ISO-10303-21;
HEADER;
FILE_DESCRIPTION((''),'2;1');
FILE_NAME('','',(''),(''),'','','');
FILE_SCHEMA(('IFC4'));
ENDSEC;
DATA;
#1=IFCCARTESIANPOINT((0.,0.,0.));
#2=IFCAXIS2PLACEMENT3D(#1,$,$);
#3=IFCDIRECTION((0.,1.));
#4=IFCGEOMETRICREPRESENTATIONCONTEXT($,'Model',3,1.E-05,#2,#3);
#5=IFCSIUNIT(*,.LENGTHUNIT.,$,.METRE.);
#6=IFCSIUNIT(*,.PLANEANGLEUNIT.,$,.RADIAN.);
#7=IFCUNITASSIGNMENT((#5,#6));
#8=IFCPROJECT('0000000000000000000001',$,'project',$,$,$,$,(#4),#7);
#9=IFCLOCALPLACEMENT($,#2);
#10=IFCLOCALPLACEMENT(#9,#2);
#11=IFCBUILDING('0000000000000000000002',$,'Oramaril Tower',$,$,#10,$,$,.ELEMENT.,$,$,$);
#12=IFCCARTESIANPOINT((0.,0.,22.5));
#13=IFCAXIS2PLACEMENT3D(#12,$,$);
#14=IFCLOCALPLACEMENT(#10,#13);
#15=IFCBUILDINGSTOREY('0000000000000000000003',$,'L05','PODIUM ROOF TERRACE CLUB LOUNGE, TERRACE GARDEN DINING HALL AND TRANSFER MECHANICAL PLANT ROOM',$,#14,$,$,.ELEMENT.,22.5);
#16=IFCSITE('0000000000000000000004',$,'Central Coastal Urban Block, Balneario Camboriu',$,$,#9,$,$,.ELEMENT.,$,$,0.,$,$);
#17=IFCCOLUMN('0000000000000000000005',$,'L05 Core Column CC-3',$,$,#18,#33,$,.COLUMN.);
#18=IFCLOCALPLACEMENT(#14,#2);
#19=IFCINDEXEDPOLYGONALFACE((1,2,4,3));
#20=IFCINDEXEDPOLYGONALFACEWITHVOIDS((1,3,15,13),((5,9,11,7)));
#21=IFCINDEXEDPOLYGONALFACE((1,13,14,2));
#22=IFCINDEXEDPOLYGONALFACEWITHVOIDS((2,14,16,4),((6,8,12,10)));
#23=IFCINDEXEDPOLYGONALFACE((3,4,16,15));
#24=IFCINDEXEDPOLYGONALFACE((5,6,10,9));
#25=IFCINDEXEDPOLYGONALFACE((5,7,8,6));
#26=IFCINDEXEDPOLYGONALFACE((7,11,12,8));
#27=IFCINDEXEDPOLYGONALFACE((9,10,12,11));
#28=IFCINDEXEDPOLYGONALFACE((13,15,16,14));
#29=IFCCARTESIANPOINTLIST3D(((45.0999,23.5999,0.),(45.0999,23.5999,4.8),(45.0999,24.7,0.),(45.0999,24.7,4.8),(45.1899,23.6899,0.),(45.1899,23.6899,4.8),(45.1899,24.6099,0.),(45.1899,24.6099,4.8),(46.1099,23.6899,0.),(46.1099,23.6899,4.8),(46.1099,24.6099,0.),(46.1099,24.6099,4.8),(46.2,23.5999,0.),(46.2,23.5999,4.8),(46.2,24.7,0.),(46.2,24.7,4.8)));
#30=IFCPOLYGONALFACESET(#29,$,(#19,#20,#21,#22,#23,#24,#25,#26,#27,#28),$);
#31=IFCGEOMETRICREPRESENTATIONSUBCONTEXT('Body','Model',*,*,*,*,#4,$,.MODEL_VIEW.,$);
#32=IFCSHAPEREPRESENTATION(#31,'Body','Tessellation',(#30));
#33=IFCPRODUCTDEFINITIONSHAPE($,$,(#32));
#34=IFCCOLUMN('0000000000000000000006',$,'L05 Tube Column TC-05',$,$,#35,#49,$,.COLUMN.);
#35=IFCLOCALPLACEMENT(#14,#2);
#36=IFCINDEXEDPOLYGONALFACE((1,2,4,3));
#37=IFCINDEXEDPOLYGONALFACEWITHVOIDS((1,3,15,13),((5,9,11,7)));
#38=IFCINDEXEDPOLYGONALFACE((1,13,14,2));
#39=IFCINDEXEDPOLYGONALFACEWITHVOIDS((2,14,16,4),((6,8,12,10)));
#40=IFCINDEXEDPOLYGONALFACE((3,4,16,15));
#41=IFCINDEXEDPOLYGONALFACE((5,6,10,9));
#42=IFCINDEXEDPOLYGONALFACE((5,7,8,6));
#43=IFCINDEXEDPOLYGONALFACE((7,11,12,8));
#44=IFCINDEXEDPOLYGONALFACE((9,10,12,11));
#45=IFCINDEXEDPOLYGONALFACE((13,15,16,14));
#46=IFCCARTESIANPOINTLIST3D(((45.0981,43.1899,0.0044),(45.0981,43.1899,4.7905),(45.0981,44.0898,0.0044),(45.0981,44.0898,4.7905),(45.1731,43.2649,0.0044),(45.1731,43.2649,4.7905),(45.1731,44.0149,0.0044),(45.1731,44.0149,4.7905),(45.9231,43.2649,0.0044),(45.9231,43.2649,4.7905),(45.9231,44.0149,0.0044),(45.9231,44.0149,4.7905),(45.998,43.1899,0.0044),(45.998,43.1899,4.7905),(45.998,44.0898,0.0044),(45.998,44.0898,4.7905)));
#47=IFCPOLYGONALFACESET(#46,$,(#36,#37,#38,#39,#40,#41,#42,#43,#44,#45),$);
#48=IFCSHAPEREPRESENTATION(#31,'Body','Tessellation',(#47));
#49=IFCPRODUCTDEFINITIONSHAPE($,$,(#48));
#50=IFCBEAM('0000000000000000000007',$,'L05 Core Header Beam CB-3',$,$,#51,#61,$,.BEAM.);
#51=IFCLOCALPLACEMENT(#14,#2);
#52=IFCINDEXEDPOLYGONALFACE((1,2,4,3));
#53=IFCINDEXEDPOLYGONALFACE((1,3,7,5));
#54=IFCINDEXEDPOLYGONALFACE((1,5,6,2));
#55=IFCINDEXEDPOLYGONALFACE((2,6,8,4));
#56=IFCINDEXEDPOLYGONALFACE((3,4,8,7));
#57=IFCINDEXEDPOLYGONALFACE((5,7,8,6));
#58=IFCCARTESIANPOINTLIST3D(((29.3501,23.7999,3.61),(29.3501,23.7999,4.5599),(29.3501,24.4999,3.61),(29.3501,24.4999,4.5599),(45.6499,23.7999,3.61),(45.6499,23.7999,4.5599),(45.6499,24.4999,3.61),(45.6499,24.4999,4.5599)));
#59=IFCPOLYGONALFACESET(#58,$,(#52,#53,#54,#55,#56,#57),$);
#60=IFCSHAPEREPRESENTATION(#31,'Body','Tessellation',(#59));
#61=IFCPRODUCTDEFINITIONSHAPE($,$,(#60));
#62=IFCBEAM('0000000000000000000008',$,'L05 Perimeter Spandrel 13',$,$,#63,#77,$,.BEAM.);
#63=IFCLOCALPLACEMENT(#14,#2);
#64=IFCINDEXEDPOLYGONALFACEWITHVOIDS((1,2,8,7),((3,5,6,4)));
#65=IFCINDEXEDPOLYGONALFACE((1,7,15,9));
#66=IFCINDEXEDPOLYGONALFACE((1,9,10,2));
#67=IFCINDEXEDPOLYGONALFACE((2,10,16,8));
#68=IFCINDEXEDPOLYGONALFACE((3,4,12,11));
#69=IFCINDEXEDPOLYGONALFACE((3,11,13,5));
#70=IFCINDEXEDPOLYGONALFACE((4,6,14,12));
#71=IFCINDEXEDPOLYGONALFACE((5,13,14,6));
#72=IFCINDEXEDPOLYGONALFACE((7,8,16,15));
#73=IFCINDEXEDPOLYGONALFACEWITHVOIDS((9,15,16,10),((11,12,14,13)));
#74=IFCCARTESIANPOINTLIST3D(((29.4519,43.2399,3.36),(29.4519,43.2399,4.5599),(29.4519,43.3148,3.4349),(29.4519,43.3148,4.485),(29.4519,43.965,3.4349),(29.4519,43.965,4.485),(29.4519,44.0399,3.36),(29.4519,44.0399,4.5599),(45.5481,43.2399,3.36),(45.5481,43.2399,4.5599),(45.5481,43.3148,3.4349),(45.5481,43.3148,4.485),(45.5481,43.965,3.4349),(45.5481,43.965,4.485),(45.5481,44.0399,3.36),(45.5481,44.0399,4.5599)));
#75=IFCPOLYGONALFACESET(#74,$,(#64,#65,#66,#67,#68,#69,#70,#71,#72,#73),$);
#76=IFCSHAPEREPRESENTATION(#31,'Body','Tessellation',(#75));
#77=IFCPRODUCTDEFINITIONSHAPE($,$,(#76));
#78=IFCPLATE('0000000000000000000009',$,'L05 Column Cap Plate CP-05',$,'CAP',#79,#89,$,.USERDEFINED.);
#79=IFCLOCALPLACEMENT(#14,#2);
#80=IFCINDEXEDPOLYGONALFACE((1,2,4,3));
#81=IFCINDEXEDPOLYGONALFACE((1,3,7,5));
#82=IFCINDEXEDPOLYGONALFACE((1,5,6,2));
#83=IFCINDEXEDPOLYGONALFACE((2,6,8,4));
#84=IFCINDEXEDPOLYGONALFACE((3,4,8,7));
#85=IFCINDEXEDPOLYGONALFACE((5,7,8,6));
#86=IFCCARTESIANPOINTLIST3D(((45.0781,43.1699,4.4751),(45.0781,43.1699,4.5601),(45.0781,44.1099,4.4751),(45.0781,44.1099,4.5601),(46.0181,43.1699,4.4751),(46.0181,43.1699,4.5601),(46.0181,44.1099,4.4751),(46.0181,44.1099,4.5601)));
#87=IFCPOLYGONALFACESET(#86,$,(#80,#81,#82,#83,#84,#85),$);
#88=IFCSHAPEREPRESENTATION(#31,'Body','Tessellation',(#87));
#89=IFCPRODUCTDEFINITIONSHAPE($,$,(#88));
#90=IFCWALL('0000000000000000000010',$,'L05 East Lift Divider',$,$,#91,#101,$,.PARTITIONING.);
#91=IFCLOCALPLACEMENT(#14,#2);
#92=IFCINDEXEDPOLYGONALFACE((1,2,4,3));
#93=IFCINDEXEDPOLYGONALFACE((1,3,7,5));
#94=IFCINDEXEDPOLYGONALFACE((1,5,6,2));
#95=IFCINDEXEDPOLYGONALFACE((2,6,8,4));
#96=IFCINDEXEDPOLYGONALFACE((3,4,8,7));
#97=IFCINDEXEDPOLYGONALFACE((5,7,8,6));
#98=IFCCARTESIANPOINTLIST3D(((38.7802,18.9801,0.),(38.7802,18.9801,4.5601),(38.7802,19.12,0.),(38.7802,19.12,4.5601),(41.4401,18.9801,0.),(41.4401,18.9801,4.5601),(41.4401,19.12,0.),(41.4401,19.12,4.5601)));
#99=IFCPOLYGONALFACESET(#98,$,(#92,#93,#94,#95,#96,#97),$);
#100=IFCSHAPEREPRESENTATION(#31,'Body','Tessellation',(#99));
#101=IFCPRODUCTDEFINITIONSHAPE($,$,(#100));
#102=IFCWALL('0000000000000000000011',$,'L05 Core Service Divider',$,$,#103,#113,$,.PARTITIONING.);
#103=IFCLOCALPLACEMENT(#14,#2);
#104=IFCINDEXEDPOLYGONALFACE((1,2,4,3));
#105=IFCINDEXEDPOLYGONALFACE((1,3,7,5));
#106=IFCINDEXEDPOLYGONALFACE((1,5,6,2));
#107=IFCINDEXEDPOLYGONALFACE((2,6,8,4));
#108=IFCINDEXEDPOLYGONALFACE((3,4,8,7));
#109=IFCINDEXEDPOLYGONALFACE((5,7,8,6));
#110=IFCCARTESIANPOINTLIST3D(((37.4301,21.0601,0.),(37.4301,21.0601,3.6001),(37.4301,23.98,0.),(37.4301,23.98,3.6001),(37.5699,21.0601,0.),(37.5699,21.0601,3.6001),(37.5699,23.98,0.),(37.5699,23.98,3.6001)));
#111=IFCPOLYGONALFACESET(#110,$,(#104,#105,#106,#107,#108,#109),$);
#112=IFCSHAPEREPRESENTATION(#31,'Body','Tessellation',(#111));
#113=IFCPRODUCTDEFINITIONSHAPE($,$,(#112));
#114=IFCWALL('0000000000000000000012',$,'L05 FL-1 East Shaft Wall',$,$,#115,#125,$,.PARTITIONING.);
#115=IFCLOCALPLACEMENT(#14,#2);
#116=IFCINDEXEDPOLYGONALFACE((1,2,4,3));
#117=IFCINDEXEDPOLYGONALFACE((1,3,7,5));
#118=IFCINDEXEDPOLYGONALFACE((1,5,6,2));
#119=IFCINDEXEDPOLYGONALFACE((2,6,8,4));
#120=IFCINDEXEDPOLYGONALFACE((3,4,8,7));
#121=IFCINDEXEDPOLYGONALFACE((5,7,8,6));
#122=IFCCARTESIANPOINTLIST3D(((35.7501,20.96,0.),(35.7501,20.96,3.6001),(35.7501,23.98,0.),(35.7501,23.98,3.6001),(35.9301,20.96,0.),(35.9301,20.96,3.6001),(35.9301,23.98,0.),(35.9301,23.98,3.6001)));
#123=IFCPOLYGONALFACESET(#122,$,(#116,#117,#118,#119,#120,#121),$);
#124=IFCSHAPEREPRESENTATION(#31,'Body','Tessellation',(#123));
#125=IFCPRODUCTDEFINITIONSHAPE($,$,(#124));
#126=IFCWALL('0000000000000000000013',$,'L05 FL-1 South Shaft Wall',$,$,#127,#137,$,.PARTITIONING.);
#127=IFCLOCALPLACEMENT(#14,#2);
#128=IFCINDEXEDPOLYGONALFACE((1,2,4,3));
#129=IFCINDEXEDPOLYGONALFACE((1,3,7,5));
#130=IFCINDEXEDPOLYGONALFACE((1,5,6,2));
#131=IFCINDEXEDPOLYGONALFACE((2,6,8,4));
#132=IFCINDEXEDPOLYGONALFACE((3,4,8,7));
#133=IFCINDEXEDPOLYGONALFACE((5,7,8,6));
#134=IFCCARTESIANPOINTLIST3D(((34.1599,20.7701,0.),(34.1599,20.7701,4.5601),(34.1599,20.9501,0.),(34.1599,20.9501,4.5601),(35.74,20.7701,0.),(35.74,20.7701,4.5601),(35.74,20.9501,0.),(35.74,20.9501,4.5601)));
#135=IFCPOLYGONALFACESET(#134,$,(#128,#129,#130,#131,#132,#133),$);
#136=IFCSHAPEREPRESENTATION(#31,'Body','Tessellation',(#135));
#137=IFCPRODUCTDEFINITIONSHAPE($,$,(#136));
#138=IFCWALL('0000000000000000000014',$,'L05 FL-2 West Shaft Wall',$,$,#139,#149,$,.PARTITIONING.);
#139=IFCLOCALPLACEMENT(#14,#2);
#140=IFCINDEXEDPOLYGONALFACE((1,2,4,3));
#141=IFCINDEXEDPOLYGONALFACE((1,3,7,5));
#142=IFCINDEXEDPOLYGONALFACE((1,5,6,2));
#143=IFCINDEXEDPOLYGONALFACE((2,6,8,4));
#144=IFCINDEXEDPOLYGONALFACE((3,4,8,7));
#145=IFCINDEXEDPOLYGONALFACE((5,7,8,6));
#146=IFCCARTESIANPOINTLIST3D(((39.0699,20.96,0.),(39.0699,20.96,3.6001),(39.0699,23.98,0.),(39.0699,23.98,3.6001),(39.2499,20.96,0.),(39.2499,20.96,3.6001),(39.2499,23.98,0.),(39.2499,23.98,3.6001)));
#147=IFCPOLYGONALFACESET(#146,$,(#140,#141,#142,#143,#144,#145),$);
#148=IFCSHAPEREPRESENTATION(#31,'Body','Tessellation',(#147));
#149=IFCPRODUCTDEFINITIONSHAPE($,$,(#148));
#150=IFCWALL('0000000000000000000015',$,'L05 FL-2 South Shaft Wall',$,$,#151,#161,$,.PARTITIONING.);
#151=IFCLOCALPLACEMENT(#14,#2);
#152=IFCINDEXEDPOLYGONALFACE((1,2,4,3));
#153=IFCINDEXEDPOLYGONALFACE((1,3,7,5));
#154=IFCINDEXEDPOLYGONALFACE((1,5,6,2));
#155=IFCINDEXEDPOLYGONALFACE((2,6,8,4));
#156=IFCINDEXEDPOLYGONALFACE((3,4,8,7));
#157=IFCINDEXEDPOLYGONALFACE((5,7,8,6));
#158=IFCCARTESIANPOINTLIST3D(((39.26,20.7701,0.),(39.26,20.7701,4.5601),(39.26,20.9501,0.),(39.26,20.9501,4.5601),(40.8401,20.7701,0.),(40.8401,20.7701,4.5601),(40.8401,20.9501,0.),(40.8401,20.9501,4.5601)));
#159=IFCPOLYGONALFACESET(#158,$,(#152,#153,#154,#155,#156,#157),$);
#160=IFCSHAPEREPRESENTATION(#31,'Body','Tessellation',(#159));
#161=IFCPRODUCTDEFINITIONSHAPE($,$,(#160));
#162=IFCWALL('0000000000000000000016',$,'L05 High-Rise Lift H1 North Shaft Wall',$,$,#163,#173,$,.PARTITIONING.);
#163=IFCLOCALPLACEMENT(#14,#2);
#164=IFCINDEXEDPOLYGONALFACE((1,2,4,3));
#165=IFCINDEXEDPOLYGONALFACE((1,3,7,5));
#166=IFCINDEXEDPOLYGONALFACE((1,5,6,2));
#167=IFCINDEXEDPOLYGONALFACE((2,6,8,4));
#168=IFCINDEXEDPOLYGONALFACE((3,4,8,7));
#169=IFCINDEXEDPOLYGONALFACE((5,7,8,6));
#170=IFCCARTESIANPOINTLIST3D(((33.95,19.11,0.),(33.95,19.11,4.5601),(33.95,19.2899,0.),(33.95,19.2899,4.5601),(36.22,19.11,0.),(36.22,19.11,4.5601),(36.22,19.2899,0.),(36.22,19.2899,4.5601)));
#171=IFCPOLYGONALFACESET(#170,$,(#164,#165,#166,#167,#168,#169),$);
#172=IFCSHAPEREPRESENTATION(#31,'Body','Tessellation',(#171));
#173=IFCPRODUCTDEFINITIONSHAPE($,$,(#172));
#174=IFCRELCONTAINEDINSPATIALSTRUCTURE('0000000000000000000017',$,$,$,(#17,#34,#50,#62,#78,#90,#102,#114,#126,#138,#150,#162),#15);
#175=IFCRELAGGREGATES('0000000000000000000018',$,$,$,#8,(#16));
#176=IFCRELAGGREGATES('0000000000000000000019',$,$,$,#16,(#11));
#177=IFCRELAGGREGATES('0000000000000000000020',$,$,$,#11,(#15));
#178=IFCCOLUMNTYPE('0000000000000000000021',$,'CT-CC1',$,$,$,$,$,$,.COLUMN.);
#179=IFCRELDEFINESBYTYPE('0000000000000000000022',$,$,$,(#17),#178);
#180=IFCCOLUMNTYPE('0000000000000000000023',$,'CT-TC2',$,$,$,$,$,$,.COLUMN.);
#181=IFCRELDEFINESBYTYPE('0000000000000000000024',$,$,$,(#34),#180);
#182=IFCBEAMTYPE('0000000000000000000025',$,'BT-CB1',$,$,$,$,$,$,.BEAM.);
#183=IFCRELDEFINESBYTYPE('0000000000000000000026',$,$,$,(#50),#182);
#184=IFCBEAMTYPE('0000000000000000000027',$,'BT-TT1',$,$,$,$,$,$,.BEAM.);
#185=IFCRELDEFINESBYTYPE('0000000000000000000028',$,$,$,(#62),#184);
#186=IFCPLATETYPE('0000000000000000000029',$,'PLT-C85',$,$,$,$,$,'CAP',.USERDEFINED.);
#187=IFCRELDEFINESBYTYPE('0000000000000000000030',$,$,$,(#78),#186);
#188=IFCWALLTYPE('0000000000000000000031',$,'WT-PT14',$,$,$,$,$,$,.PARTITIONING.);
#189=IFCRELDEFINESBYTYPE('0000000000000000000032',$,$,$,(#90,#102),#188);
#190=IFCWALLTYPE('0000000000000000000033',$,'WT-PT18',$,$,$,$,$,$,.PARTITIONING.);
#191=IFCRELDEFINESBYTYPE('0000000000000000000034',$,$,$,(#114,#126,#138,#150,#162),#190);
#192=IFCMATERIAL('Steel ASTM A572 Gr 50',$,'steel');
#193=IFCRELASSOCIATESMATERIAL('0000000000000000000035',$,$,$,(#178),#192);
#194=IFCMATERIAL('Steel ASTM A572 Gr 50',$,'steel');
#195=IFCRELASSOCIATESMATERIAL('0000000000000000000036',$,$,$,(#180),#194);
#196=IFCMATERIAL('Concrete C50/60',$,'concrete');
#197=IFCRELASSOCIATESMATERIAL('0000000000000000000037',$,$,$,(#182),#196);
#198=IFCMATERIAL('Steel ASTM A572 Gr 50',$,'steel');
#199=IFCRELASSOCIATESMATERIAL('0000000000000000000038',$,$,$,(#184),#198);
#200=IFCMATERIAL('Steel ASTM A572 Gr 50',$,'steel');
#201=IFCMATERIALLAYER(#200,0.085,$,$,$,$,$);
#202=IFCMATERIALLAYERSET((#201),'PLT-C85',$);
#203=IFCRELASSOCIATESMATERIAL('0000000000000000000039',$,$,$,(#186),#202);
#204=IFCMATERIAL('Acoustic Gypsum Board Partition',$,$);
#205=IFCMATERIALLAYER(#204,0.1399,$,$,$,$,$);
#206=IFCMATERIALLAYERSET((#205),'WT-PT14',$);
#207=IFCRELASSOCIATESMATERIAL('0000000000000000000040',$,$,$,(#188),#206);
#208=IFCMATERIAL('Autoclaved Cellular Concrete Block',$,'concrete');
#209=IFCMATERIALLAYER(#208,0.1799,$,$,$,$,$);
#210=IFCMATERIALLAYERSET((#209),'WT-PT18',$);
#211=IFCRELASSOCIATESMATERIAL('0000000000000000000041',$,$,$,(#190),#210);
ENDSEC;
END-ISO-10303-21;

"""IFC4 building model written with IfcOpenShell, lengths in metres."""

from ifc_helpers import new_model, si_unit, direction, frame, frame_2d, origin, origin_2d, place, context, subcontext, project, spatial, rectangle, hollow_rectangle, extrude, material, layer, layer_set, material_profile, profile_set, type_object, element, save


model = new_model("IFC4")

# Units and contexts
model_context = context("Model", 3, precision=1e-05, world=origin(), true_north=direction((0.0, 1.0)))
body_context = subcontext(model_context, "Body", "Model", "MODEL_VIEW")
ifc_project = project(units=[si_unit("LENGTHUNIT", "METRE"), si_unit("PLANEANGLEUNIT", "RADIAN")], contexts=[model_context])

# Site, building, storey
site_placement = place(None, origin())
site = spatial("IfcSite", under=ifc_project, at=site_placement, Name="Central Coastal Urban Block, Balneario Camboriu", CompositionType="ELEMENT", RefElevation=0.0)
building_placement = place(site_placement, origin())
building = spatial("IfcBuilding", under=site, at=building_placement, Name="Oramaril Tower", CompositionType="ELEMENT")
storey_placement = place(building_placement, frame((0.0, 0.0, 22.5)))
storey = spatial("IfcBuildingStorey", under=building, at=storey_placement, Name="L05", Description="PODIUM ROOF TERRACE CLUB LOUNGE, TERRACE GARDEN DINING HALL AND TRANSFER MECHANICAL PLANT ROOM", CompositionType="ELEMENT", Elevation=22.5)

# Columns
ifc_material_1 = material(Name="Steel ASTM A572 Gr 50", Category="steel")
ifc_material_profile_1 = material_profile(ifc_material_1, hollow_rectangle(XDim=1.1001, YDim=1.1001, WallThickness=0.0901, at=origin_2d()), Name="BOX1100X1100X90")
ifc_profile_set_1 = profile_set([ifc_material_profile_1], Name="Steel ASTM A572 Gr 50")
column_type_1 = type_object("IfcColumnType", Name="CT-CC1", PredefinedType="COLUMN", material=ifc_profile_set_1)
column_1_placement = place(storey_placement, frame((45.6499, 24.1499, 0.0), z_axis=(0.0, 0.0, 1.0), x_axis=(1.0, 0.0, 0.0)))
element("IfcColumn", 1, at=column_1_placement, inside=storey, type_object=column_type_1, Name="L05 Core Column CC-3", PredefinedType="COLUMN", context=body_context, shape_type="SweptSolid", body=[
    extrude(hollow_rectangle(XDim=1.1001, YDim=1.1001, WallThickness=0.0901, at=origin_2d()), origin(), (0.0, 0.0, 1.0), 4.8),
])
ifc_material_2 = material(Name="Steel ASTM A572 Gr 50", Category="steel")
ifc_material_profile_2 = material_profile(ifc_material_2, hollow_rectangle(XDim=0.8999, YDim=0.8999, WallThickness=0.075, at=origin_2d()), Name="BOX900X900X75")
ifc_profile_set_2 = profile_set([ifc_material_profile_2], Name="Steel ASTM A572 Gr 50")
column_type_2 = type_object("IfcColumnType", Name="CT-TC2", PredefinedType="COLUMN", material=ifc_profile_set_2)
column_2_placement = place(storey_placement, frame((45.5481, 43.6399, 0.0044), z_axis=(0.0, 0.0, 1.0), x_axis=(1.0, 0.0, 0.0)))
element("IfcColumn", 2, at=column_2_placement, inside=storey, type_object=column_type_2, Name="L05 Tube Column TC-05", PredefinedType="COLUMN", context=body_context, shape_type="SweptSolid", body=[
    extrude(hollow_rectangle(XDim=0.8999, YDim=0.8999, WallThickness=0.075, at=origin_2d()), origin(), (0.0, 0.0, 1.0), 4.7861),
])

# Beams
ifc_material_3 = material(Name="Concrete C50/60", Category="concrete")
ifc_material_profile_3 = material_profile(ifc_material_3, rectangle(XDim=0.7, YDim=0.95, at=origin_2d()), Name="CB700X950")
ifc_profile_set_3 = profile_set([ifc_material_profile_3], Name="Concrete C50/60")
beam_type_1 = type_object("IfcBeamType", Name="BT-CB1", PredefinedType="BEAM", material=ifc_profile_set_3)
beam_1_placement = place(storey_placement, frame((45.6499, 24.1499, 4.085), z_axis=(-1.0, 0.0, 0.0), x_axis=(0.0, -1.0, 0.0)))
element("IfcBeam", 3, at=beam_1_placement, inside=storey, type_object=beam_type_1, Name="L05 Core Header Beam CB-3", PredefinedType="BEAM", context=body_context, shape_type="SweptSolid", body=[
    extrude(rectangle(XDim=0.7, YDim=0.95, at=origin_2d()), origin(), (0.0, 0.0, 1.0), 16.2998),
])
ifc_material_4 = material(Name="Steel ASTM A572 Gr 50", Category="steel")
ifc_material_profile_4 = material_profile(ifc_material_4, hollow_rectangle(XDim=0.8, YDim=1.2, WallThickness=0.075, at=origin_2d()), Name="BOX1200X800X75")
ifc_profile_set_4 = profile_set([ifc_material_profile_4], Name="Steel ASTM A572 Gr 50")
beam_type_2 = type_object("IfcBeamType", Name="BT-TT1", PredefinedType="BEAM", material=ifc_profile_set_4)
beam_2_placement = place(storey_placement, frame((45.5481, 43.6399, 3.96), z_axis=(-1.0, 0.0, 0.0), x_axis=(0.0, -1.0, 0.0)))
element("IfcBeam", 4, at=beam_2_placement, inside=storey, type_object=beam_type_2, Name="L05 Perimeter Spandrel 13", PredefinedType="BEAM", context=body_context, shape_type="SweptSolid", body=[
    extrude(hollow_rectangle(XDim=0.8, YDim=1.2, WallThickness=0.075, at=origin_2d()), origin(), (0.0, 0.0, 1.0), 16.0962),
])

# Plate
ifc_material_5 = material(Name="Steel ASTM A572 Gr 50", Category="steel")
ifc_layer_1 = layer(ifc_material_5, 0.085)
ifc_layer_set_1 = layer_set([ifc_layer_1], Name="PLT-C85")
plate_type = type_object("IfcPlateType", Name="PLT-C85", ElementType="CAP", PredefinedType="USERDEFINED", material=ifc_layer_set_1)
plate_placement = place(storey_placement, frame((45.5481, 43.6399, 4.4751), z_axis=(0.0, 0.0, 1.0), x_axis=(1.0, 0.0, 0.0)))
element("IfcPlate", 5, at=plate_placement, inside=storey, type_object=plate_type, Name="L05 Column Cap Plate CP-05", ObjectType="CAP", PredefinedType="USERDEFINED", context=body_context, shape_type="SweptSolid", body=[
    extrude(rectangle(XDim=0.9399, YDim=0.9399, at=origin_2d()), origin(), (0.0, 0.0, 1.0), 0.085),
])

# Walls
ifc_material_6 = material(Name="Acoustic Gypsum Board Partition")
ifc_layer_2 = layer(ifc_material_6, 0.1399)
ifc_layer_set_2 = layer_set([ifc_layer_2], Name="WT-PT14")
wall_type_1 = type_object("IfcWallType", Name="WT-PT14", PredefinedType="PARTITIONING", material=ifc_layer_set_2)
wall_1_placement = place(storey_placement, frame((38.78, 19.05, 0.0), z_axis=(0.0, 0.0, 1.0), x_axis=(1.0, 0.0, 0.0)))
element("IfcWall", 6, at=wall_1_placement, inside=storey, type_object=wall_type_1, Name="L05 East Lift Divider", PredefinedType="PARTITIONING", context=body_context, shape_type="SweptSolid", body=[
    extrude(rectangle(XDim=2.6599, YDim=0.1399, at=frame_2d((1.3301, 0.0))), origin(), (0.0, 0.0, 1.0), 4.5601),
])
wall_2_placement = place(storey_placement, frame((37.5, 21.0601, 0.0), z_axis=(0.0, 0.0, 1.0), x_axis=(0.0, 1.0, 0.0)))
element("IfcWall", 7, at=wall_2_placement, inside=storey, type_object=wall_type_1, Name="L05 Core Service Divider", PredefinedType="PARTITIONING", context=body_context, shape_type="SweptSolid", body=[
    extrude(rectangle(XDim=2.9199, YDim=0.1399, at=frame_2d((1.46, 0.0))), origin(), (0.0, 0.0, 1.0), 3.6001),
])
ifc_material_7 = material(Name="Autoclaved Cellular Concrete Block", Category="concrete")
ifc_layer_3 = layer(ifc_material_7, 0.1799)
ifc_layer_set_3 = layer_set([ifc_layer_3], Name="WT-PT18")
wall_type_2 = type_object("IfcWallType", Name="WT-PT18", PredefinedType="PARTITIONING", material=ifc_layer_set_3)
wall_3_placement = place(storey_placement, frame((35.8401, 20.96, 0.0), z_axis=(0.0, 0.0, 1.0), x_axis=(0.0, 1.0, 0.0)))
element("IfcWall", 8, at=wall_3_placement, inside=storey, type_object=wall_type_2, Name="L05 FL-1 East Shaft Wall", PredefinedType="PARTITIONING", context=body_context, shape_type="SweptSolid", body=[
    extrude(rectangle(XDim=3.02, YDim=0.1799, at=frame_2d((1.51, 0.0))), origin(), (0.0, 0.0, 1.0), 3.6001),
])
wall_4_placement = place(storey_placement, frame((34.1599, 20.8601, 0.0), z_axis=(0.0, 0.0, 1.0), x_axis=(1.0, 0.0, 0.0)))
element("IfcWall", 9, at=wall_4_placement, inside=storey, type_object=wall_type_2, Name="L05 FL-1 South Shaft Wall", PredefinedType="PARTITIONING", context=body_context, shape_type="SweptSolid", body=[
    extrude(rectangle(XDim=1.5801, YDim=0.1799, at=frame_2d((0.79, 0.0))), origin(), (0.0, 0.0, 1.0), 4.5601),
])
wall_5_placement = place(storey_placement, frame((39.1599, 20.96, 0.0), z_axis=(0.0, 0.0, 1.0), x_axis=(0.0, 1.0, 0.0)))
element("IfcWall", 10, at=wall_5_placement, inside=storey, type_object=wall_type_2, Name="L05 FL-2 West Shaft Wall", PredefinedType="PARTITIONING", context=body_context, shape_type="SweptSolid", body=[
    extrude(rectangle(XDim=3.02, YDim=0.1799, at=frame_2d((1.51, 0.0))), origin(), (0.0, 0.0, 1.0), 3.6001),
])
wall_6_placement = place(storey_placement, frame((39.26, 20.8601, 0.0), z_axis=(0.0, 0.0, 1.0), x_axis=(1.0, 0.0, 0.0)))
element("IfcWall", 11, at=wall_6_placement, inside=storey, type_object=wall_type_2, Name="L05 FL-2 South Shaft Wall", PredefinedType="PARTITIONING", context=body_context, shape_type="SweptSolid", body=[
    extrude(rectangle(XDim=1.5801, YDim=0.1799, at=frame_2d((0.79, 0.0))), origin(), (0.0, 0.0, 1.0), 4.5601),
])
wall_7_placement = place(storey_placement, frame((33.95, 19.2, 0.0), z_axis=(0.0, 0.0, 1.0), x_axis=(1.0, 0.0, 0.0)))
element("IfcWall", 12, at=wall_7_placement, inside=storey, type_object=wall_type_2, Name="L05 High-Rise Lift H1 North Shaft Wall", PredefinedType="PARTITIONING", context=body_context, shape_type="SweptSolid", body=[
    extrude(rectangle(XDim=2.27, YDim=0.1799, at=frame_2d((1.135, 0.0))), origin(), (0.0, 0.0, 1.0), 4.5601),
])

save(model, "model.ifc")
